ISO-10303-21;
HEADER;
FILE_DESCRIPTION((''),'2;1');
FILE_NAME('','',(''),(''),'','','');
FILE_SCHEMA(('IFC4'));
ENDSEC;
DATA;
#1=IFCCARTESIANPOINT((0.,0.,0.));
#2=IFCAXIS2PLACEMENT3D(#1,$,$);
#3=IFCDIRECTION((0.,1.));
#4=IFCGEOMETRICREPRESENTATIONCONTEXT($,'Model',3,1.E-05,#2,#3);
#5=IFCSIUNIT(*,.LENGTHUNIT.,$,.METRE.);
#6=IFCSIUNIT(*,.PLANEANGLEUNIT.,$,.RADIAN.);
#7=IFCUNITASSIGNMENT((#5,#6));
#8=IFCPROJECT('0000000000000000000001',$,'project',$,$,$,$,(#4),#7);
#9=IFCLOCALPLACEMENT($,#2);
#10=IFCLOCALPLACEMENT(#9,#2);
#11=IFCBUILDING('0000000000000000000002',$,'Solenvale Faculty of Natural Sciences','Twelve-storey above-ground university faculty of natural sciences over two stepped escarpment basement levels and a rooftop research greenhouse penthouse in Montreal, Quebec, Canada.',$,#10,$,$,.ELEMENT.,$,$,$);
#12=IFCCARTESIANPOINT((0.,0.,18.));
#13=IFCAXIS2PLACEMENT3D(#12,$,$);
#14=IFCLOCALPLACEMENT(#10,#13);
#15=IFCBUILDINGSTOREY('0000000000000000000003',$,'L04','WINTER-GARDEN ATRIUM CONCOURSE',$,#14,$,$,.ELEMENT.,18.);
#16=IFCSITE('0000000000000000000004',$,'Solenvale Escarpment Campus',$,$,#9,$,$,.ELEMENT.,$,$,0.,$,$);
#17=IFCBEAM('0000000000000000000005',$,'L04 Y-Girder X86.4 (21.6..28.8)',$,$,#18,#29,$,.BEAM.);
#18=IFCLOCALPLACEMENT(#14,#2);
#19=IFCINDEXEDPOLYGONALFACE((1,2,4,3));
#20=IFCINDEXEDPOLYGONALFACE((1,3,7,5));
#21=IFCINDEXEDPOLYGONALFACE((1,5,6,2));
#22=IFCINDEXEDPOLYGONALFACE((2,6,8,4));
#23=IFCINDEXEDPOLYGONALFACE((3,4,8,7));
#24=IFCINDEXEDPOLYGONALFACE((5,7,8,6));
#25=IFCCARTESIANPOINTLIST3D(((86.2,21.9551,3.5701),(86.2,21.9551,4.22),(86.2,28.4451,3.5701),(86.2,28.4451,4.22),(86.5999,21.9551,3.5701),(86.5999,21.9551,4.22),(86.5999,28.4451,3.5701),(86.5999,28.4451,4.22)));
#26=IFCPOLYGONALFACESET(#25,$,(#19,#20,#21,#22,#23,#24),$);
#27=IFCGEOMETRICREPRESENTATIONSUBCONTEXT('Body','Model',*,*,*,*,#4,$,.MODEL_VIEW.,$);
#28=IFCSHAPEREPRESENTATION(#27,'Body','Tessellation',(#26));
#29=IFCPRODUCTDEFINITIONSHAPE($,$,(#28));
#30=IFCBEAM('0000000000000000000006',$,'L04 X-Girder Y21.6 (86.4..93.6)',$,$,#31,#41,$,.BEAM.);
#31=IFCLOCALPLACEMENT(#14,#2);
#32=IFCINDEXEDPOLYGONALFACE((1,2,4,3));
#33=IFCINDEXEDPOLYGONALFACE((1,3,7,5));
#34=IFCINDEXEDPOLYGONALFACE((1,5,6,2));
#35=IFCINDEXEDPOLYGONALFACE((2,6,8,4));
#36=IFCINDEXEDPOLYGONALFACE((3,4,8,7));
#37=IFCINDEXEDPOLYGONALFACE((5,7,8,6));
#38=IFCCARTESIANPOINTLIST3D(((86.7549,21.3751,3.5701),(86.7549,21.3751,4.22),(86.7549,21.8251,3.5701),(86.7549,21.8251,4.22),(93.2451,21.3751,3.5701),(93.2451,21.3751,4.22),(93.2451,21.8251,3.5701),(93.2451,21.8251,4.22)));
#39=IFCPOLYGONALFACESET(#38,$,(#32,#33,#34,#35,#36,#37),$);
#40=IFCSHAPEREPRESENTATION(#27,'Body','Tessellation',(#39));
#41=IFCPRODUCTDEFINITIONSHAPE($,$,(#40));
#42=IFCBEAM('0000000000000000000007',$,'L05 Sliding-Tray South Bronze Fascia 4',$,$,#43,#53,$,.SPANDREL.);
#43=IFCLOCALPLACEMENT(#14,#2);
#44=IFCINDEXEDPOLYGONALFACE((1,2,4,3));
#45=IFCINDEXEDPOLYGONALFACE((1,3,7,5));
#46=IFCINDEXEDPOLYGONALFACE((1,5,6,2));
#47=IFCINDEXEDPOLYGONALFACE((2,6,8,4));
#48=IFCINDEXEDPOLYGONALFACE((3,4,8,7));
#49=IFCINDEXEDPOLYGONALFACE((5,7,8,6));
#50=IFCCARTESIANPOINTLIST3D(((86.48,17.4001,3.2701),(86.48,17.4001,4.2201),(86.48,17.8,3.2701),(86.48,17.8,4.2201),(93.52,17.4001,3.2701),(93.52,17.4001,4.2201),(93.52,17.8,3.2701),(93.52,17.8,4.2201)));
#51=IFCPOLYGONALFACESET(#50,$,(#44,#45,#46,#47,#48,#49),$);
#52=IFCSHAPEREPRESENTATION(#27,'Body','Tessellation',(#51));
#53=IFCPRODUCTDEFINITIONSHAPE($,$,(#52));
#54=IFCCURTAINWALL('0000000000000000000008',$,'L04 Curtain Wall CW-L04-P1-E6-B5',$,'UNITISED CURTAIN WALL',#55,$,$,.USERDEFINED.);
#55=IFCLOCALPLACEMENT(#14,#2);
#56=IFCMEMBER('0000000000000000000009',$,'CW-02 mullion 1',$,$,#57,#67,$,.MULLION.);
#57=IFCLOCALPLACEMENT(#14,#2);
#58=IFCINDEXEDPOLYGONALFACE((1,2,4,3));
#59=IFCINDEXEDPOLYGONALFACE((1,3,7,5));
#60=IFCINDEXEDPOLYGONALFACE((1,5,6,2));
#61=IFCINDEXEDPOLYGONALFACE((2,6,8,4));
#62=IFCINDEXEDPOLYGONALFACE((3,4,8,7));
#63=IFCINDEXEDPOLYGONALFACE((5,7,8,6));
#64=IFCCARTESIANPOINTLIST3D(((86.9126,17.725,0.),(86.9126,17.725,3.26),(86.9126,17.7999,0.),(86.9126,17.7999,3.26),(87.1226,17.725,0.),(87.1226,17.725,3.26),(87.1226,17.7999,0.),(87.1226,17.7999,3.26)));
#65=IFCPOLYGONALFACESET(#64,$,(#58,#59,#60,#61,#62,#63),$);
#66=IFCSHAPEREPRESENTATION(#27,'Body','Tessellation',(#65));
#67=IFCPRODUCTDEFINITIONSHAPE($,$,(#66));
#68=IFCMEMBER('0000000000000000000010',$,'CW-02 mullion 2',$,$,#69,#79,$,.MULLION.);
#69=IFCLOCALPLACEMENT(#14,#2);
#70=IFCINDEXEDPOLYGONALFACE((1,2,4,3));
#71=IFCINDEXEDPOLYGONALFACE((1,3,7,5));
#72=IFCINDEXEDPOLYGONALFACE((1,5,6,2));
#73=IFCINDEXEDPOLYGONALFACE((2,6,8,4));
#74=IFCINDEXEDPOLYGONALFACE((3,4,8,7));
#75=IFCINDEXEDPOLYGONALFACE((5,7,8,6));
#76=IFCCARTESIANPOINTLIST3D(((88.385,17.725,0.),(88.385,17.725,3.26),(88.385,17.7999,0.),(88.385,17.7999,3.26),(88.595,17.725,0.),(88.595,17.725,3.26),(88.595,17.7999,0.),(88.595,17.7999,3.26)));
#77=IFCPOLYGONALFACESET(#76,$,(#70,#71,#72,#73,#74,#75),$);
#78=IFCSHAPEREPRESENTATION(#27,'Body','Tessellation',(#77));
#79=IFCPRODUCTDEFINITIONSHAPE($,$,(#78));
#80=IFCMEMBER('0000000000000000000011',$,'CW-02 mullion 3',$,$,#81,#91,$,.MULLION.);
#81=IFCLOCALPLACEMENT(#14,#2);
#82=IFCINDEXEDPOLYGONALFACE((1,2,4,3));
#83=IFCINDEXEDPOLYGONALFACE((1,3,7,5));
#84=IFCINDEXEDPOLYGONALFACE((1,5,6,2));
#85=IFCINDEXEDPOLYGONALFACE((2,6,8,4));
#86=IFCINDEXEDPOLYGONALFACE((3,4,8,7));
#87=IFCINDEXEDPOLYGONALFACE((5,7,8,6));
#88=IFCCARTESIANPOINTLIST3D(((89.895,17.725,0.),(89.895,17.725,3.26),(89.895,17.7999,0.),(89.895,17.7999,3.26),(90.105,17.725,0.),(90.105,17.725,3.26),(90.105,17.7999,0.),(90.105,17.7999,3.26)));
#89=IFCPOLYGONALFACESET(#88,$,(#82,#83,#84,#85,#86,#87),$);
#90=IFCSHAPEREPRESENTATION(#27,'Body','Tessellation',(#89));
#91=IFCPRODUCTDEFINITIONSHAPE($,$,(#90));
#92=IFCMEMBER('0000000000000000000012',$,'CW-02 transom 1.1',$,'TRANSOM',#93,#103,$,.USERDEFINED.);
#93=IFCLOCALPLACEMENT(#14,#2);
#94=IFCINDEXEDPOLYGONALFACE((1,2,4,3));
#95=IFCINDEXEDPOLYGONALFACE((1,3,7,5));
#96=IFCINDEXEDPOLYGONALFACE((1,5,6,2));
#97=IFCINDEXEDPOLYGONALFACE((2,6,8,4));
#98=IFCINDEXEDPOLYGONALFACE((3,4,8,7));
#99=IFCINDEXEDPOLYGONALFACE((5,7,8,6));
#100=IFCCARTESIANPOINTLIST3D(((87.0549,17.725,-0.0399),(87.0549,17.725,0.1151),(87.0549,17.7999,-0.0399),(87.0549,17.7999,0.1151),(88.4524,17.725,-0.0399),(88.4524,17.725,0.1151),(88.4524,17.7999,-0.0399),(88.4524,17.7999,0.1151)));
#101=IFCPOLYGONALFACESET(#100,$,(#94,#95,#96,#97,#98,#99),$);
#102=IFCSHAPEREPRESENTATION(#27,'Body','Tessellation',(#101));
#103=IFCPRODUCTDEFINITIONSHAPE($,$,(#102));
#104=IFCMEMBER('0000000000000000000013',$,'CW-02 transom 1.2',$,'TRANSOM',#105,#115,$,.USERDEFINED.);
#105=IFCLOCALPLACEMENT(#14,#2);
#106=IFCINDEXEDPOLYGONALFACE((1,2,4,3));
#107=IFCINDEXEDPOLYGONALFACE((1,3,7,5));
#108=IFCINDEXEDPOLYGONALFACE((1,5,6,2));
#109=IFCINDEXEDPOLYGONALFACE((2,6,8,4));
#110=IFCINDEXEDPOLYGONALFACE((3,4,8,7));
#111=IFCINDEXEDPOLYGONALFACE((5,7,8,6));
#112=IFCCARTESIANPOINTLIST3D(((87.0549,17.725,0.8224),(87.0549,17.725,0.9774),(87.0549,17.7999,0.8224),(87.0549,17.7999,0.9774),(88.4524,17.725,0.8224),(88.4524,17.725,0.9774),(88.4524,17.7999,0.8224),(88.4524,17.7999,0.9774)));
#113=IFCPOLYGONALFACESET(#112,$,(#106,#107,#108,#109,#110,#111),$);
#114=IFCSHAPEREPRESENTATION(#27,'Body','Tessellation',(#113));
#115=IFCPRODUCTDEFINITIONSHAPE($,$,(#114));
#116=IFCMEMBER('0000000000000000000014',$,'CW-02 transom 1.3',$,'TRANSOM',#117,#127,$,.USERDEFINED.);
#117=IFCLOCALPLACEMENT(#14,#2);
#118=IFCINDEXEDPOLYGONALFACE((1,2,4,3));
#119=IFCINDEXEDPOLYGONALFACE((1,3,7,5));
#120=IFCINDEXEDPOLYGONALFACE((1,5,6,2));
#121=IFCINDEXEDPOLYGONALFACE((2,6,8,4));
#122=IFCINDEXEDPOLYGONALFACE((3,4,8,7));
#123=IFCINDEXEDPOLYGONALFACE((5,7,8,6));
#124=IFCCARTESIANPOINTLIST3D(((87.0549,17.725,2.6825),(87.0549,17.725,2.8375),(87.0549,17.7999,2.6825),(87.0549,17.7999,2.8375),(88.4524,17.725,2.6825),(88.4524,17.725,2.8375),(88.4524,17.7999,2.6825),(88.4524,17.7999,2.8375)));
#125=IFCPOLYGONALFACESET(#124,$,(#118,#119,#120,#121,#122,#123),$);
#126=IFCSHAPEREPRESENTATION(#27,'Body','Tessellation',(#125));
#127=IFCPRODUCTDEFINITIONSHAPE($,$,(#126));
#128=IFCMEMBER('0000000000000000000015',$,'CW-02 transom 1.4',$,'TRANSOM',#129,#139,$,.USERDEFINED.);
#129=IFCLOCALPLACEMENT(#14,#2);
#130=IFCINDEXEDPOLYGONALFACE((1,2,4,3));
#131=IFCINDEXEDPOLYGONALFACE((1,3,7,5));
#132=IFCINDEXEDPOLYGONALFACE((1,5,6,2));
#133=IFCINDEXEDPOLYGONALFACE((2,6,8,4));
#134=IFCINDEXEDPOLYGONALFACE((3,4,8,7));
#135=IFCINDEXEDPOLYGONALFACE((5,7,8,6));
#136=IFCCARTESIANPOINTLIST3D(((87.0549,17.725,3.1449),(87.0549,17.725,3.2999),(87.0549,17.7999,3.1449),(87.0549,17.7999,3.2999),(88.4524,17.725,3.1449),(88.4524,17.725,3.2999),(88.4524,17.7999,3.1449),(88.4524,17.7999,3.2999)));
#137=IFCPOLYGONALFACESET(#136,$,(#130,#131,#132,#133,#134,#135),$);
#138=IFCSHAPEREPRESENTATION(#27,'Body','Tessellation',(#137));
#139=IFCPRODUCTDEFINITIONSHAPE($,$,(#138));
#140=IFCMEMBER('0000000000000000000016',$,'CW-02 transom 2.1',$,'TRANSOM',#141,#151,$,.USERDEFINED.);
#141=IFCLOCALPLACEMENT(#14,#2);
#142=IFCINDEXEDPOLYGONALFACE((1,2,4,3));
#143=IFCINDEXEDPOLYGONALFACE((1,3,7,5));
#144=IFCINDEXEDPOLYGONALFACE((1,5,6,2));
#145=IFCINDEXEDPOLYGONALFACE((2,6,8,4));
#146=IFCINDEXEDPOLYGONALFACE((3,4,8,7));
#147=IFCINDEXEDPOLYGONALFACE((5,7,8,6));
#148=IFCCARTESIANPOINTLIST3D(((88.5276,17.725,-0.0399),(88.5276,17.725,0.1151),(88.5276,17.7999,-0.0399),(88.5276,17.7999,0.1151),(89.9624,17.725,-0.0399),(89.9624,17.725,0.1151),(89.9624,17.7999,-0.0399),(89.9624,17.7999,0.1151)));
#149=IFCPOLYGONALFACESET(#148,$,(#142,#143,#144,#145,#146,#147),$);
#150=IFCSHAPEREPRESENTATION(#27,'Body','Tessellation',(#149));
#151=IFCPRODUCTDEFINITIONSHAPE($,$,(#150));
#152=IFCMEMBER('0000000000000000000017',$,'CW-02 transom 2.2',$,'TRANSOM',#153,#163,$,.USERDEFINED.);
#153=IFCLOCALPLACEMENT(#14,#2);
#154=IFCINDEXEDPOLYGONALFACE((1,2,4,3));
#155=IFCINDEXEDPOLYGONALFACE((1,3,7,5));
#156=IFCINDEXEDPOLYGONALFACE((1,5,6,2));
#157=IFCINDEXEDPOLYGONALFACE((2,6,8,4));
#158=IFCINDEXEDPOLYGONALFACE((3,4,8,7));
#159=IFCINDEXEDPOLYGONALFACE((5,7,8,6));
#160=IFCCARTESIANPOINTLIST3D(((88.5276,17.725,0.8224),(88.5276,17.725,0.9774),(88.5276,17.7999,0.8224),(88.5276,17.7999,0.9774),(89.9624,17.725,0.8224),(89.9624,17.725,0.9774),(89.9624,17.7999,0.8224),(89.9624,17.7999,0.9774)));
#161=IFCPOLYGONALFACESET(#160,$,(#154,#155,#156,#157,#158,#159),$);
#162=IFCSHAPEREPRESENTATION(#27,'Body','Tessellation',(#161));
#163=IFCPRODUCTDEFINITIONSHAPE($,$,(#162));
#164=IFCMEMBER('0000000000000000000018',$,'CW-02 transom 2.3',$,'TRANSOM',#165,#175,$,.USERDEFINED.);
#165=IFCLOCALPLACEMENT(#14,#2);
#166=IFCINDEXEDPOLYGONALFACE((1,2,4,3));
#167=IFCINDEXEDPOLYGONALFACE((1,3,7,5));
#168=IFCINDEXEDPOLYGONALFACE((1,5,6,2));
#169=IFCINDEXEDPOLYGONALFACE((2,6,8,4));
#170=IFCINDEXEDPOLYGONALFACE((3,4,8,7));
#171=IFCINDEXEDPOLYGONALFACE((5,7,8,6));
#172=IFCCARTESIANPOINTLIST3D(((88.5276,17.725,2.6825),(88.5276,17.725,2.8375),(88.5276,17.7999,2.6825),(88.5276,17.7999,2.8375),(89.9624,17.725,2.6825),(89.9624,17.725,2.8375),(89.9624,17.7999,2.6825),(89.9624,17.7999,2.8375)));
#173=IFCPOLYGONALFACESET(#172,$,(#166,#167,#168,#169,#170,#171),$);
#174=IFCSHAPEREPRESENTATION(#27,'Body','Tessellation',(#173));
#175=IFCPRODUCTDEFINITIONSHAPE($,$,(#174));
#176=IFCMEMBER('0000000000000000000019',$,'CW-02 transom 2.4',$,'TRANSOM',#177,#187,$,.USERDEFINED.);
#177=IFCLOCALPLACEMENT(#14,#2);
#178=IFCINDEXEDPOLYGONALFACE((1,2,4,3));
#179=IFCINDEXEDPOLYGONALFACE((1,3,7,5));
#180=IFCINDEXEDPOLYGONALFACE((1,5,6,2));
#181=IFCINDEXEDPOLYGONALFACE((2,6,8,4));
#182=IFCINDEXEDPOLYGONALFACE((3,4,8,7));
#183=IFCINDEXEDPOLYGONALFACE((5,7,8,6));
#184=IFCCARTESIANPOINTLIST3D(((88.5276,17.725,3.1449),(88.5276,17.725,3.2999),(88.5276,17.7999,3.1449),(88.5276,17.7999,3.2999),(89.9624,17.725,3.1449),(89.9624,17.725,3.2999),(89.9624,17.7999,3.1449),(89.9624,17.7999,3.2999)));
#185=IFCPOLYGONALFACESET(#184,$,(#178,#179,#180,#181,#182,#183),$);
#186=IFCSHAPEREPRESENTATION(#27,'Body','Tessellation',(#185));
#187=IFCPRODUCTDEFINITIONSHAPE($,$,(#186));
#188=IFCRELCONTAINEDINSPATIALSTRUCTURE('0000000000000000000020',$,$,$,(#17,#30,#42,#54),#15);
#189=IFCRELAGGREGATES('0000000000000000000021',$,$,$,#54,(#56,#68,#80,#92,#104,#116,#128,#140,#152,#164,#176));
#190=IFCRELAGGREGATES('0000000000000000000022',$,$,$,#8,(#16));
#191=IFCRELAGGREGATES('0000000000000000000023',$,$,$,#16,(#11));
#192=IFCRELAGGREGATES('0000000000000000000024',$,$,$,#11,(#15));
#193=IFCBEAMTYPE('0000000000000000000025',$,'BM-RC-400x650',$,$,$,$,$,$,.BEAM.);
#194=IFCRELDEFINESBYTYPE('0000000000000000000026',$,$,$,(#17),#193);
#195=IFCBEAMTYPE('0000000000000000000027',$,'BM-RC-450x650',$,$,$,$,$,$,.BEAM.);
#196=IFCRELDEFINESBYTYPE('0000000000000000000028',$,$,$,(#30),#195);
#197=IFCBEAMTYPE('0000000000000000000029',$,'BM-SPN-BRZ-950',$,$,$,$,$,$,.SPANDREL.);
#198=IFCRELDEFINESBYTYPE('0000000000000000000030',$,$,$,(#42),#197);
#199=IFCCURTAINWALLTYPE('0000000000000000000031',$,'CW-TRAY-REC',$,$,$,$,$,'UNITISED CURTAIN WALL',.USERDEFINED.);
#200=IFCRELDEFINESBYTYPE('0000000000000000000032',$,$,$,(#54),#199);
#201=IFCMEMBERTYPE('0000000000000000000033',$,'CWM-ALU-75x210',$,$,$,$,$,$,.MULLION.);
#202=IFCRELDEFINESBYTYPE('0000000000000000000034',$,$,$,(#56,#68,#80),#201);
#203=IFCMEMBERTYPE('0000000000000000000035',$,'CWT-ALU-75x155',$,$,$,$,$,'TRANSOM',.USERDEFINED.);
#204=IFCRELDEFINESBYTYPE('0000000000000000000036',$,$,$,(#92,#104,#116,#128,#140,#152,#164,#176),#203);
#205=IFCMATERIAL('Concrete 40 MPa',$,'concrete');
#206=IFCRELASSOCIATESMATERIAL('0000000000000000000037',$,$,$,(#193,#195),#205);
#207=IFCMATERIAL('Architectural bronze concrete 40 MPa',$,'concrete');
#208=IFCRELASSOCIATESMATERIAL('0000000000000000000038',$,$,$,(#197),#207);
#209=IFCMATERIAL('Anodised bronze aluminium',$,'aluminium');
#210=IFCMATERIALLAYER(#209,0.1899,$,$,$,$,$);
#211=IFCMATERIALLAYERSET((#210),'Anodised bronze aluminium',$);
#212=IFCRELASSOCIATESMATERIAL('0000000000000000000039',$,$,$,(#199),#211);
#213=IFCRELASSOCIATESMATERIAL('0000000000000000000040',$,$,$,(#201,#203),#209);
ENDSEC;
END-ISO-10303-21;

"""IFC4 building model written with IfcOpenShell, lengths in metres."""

from ifc_helpers import new_model, si_unit, direction, frame, origin, origin_2d, place, context, subcontext, project, spatial, rectangle, extrude, material, layer, layer_set, material_profile, profile_set, type_object, element, aggregate, save


model = new_model("IFC4")

# Units and contexts
model_context = context("Model", 3, precision=1e-05, world=origin(), true_north=direction((0.0, 1.0)))
body_context = subcontext(model_context, "Body", "Model", "MODEL_VIEW")
ifc_project = project(units=[si_unit("LENGTHUNIT", "METRE"), si_unit("PLANEANGLEUNIT", "RADIAN")], contexts=[model_context])

# Site, building, storey
site_placement = place(None, origin())
site = spatial("IfcSite", under=ifc_project, at=site_placement, Name="Solenvale Escarpment Campus", CompositionType="ELEMENT", RefElevation=0.0)
building_placement = place(site_placement, origin())
building = spatial("IfcBuilding", under=site, at=building_placement, Name="Solenvale Faculty of Natural Sciences", Description="Twelve-storey above-ground university faculty of natural sciences over two stepped escarpment basement levels and a rooftop research greenhouse penthouse in Montreal, Quebec, Canada.", CompositionType="ELEMENT")
storey_placement = place(building_placement, frame((0.0, 0.0, 18.0)))
storey = spatial("IfcBuildingStorey", under=building, at=storey_placement, Name="L04", Description="WINTER-GARDEN ATRIUM CONCOURSE", CompositionType="ELEMENT", Elevation=18.0)

# Beams
ifc_material_1 = material(Name="Concrete 40 MPa", Category="concrete")
ifc_material_profile_1 = material_profile(ifc_material_1, rectangle(XDim=0.3999, YDim=0.6499, at=origin_2d()), Name="RC-BM-400x650")
ifc_profile_set_1 = profile_set([ifc_material_profile_1], Name="Concrete 40 MPa")
beam_type_1 = type_object("IfcBeamType", Name="BM-RC-400x650", PredefinedType="BEAM", material=ifc_profile_set_1)
beam_1_placement = place(storey_placement, frame((86.3999, 21.9551, 3.895), z_axis=(0.0, 1.0, 0.0), x_axis=(-1.0, 0.0, 0.0)))
element("IfcBeam", 1, at=beam_1_placement, inside=storey, type_object=beam_type_1, Name="L04 Y-Girder X86.4 (21.6..28.8)", PredefinedType="BEAM", context=body_context, shape_type="SweptSolid", body=[
    extrude(rectangle(XDim=0.3999, YDim=0.6499, at=origin_2d()), origin(), (0.0, 0.0, 1.0), 6.49),
])
ifc_material_profile_2 = material_profile(ifc_material_1, rectangle(XDim=0.45, YDim=0.6499, at=origin_2d()), Name="RC-BM-450x650")
ifc_profile_set_2 = profile_set([ifc_material_profile_2], Name="Concrete 40 MPa")
beam_type_2 = type_object("IfcBeamType", Name="BM-RC-450x650", PredefinedType="BEAM", material=ifc_profile_set_2)
beam_2_placement = place(storey_placement, frame((86.7549, 21.6001, 3.895), z_axis=(1.0, 0.0, 0.0), x_axis=(0.0, 1.0, 0.0)))
element("IfcBeam", 2, at=beam_2_placement, inside=storey, type_object=beam_type_2, Name="L04 X-Girder Y21.6 (86.4..93.6)", PredefinedType="BEAM", context=body_context, shape_type="SweptSolid", body=[
    extrude(rectangle(XDim=0.45, YDim=0.6499, at=origin_2d()), origin(), (0.0, 0.0, 1.0), 6.4902),
])
ifc_material_2 = material(Name="Architectural bronze concrete 40 MPa", Category="concrete")
ifc_material_profile_3 = material_profile(ifc_material_2, rectangle(XDim=0.3999, YDim=0.95, at=origin_2d()), Name="RC-SPN-400x950")
ifc_profile_set_3 = profile_set([ifc_material_profile_3], Name="Architectural bronze concrete 40 MPa")
beam_type_3 = type_object("IfcBeamType", Name="BM-SPN-BRZ-950", PredefinedType="SPANDREL", material=ifc_profile_set_3)
beam_3_placement = place(storey_placement, frame((86.48, 17.6001, 3.7451), z_axis=(1.0, 0.0, 0.0), x_axis=(0.0, 1.0, 0.0)))
element("IfcBeam", 3, at=beam_3_placement, inside=storey, type_object=beam_type_3, Name="L05 Sliding-Tray South Bronze Fascia 4", PredefinedType="SPANDREL", context=body_context, shape_type="SweptSolid", body=[
    extrude(rectangle(XDim=0.3999, YDim=0.95, at=origin_2d()), origin(), (0.0, 0.0, 1.0), 7.04),
])

# Curtain wall, members
ifc_material_3 = material(Name="Anodised bronze aluminium", Category="aluminium")
ifc_layer_1 = layer(ifc_material_3, 0.1899)
ifc_layer_set_1 = layer_set([ifc_layer_1], Name="Anodised bronze aluminium")
curtain_wall_type = type_object("IfcCurtainWallType", Name="CW-TRAY-REC", ElementType="UNITISED CURTAIN WALL", PredefinedType="USERDEFINED", material=ifc_layer_set_1)
curtain_wall_placement = place(storey_placement, origin())
curtain_wall = element("IfcCurtainWall", 4, at=curtain_wall_placement, inside=storey, type_object=curtain_wall_type, Name="L04 Curtain Wall CW-L04-P1-E6-B5", ObjectType="UNITISED CURTAIN WALL", PredefinedType="USERDEFINED")
ifc_material_profile_4 = material_profile(ifc_material_3, rectangle(XDim=0.075, YDim=0.21, at=origin_2d()), Name="ALU-MUL-75x210")
ifc_profile_set_4 = profile_set([ifc_material_profile_4], Name="Anodised bronze aluminium")
member_type_1 = type_object("IfcMemberType", Name="CWM-ALU-75x210", PredefinedType="MULLION", material=ifc_profile_set_4)
member_1_placement = place(storey_placement, frame((87.0176, 17.7625, 0.0), z_axis=(0.0, 0.0, 1.0), x_axis=(0.0, 1.0, 0.0)))
member_1 = element("IfcMember", 5, at=member_1_placement, type_object=member_type_1, Name="CW-02 mullion 1", PredefinedType="MULLION", context=body_context, shape_type="SweptSolid", body=[
    extrude(rectangle(XDim=0.075, YDim=0.21, at=origin_2d()), origin(), (0.0, 0.0, 1.0), 3.26),
])
member_2_placement = place(storey_placement, frame((88.49, 17.7625, 0.0), z_axis=(0.0, 0.0, 1.0), x_axis=(0.0, 1.0, 0.0)))
member_2 = element("IfcMember", 6, at=member_2_placement, type_object=member_type_1, Name="CW-02 mullion 2", PredefinedType="MULLION", context=body_context, shape_type="SweptSolid", body=[
    extrude(rectangle(XDim=0.075, YDim=0.21, at=origin_2d()), origin(), (0.0, 0.0, 1.0), 3.26),
])
member_3_placement = place(storey_placement, frame((90.0, 17.7625, 0.0), z_axis=(0.0, 0.0, 1.0), x_axis=(0.0, 1.0, 0.0)))
member_3 = element("IfcMember", 7, at=member_3_placement, type_object=member_type_1, Name="CW-02 mullion 3", PredefinedType="MULLION", context=body_context, shape_type="SweptSolid", body=[
    extrude(rectangle(XDim=0.075, YDim=0.21, at=origin_2d()), origin(), (0.0, 0.0, 1.0), 3.26),
])
ifc_material_profile_5 = material_profile(ifc_material_3, rectangle(XDim=0.075, YDim=0.155, at=origin_2d()), Name="ALU-TRN-75x155")
ifc_profile_set_5 = profile_set([ifc_material_profile_5], Name="Anodised bronze aluminium")
member_type_2 = type_object("IfcMemberType", Name="CWT-ALU-75x155", ElementType="TRANSOM", PredefinedType="USERDEFINED", material=ifc_profile_set_5)
member_4_placement = place(storey_placement, frame((87.0549, 17.7625, 0.0376), z_axis=(1.0, 0.0, 0.0), x_axis=(0.0, 1.0, 0.0)))
member_4 = element("IfcMember", 8, at=member_4_placement, type_object=member_type_2, Name="CW-02 transom 1.1", ObjectType="TRANSOM", PredefinedType="USERDEFINED", context=body_context, shape_type="SweptSolid", body=[
    extrude(rectangle(XDim=0.075, YDim=0.155, at=origin_2d()), origin(), (0.0, 0.0, 1.0), 1.3975),
])
member_5_placement = place(storey_placement, frame((87.0549, 17.7625, 0.8999), z_axis=(1.0, 0.0, 0.0), x_axis=(0.0, 1.0, 0.0)))
member_5 = element("IfcMember", 9, at=member_5_placement, type_object=member_type_2, Name="CW-02 transom 1.2", ObjectType="TRANSOM", PredefinedType="USERDEFINED", context=body_context, shape_type="SweptSolid", body=[
    extrude(rectangle(XDim=0.075, YDim=0.155, at=origin_2d()), origin(), (0.0, 0.0, 1.0), 1.3975),
])
member_6_placement = place(storey_placement, frame((87.0549, 17.7625, 2.76), z_axis=(1.0, 0.0, 0.0), x_axis=(0.0, 1.0, 0.0)))
member_6 = element("IfcMember", 10, at=member_6_placement, type_object=member_type_2, Name="CW-02 transom 1.3", ObjectType="TRANSOM", PredefinedType="USERDEFINED", context=body_context, shape_type="SweptSolid", body=[
    extrude(rectangle(XDim=0.075, YDim=0.155, at=origin_2d()), origin(), (0.0, 0.0, 1.0), 1.3975),
])
member_7_placement = place(storey_placement, frame((87.0549, 17.7625, 3.2224), z_axis=(1.0, 0.0, 0.0), x_axis=(0.0, 1.0, 0.0)))
member_7 = element("IfcMember", 11, at=member_7_placement, type_object=member_type_2, Name="CW-02 transom 1.4", ObjectType="TRANSOM", PredefinedType="USERDEFINED", context=body_context, shape_type="SweptSolid", body=[
    extrude(rectangle(XDim=0.075, YDim=0.155, at=origin_2d()), origin(), (0.0, 0.0, 1.0), 1.3975),
])
member_8_placement = place(storey_placement, frame((88.5276, 17.7625, 0.0376), z_axis=(1.0, 0.0, 0.0), x_axis=(0.0, 1.0, 0.0)))
member_8 = element("IfcMember", 12, at=member_8_placement, type_object=member_type_2, Name="CW-02 transom 2.1", ObjectType="TRANSOM", PredefinedType="USERDEFINED", context=body_context, shape_type="SweptSolid", body=[
    extrude(rectangle(XDim=0.075, YDim=0.155, at=origin_2d()), origin(), (0.0, 0.0, 1.0), 1.4348),
])
member_9_placement = place(storey_placement, frame((88.5276, 17.7625, 0.8999), z_axis=(1.0, 0.0, 0.0), x_axis=(0.0, 1.0, 0.0)))
member_9 = element("IfcMember", 13, at=member_9_placement, type_object=member_type_2, Name="CW-02 transom 2.2", ObjectType="TRANSOM", PredefinedType="USERDEFINED", context=body_context, shape_type="SweptSolid", body=[
    extrude(rectangle(XDim=0.075, YDim=0.155, at=origin_2d()), origin(), (0.0, 0.0, 1.0), 1.4348),
])
member_10_placement = place(storey_placement, frame((88.5276, 17.7625, 2.76), z_axis=(1.0, 0.0, 0.0), x_axis=(0.0, 1.0, 0.0)))
member_10 = element("IfcMember", 14, at=member_10_placement, type_object=member_type_2, Name="CW-02 transom 2.3", ObjectType="TRANSOM", PredefinedType="USERDEFINED", context=body_context, shape_type="SweptSolid", body=[
    extrude(rectangle(XDim=0.075, YDim=0.155, at=origin_2d()), origin(), (0.0, 0.0, 1.0), 1.4348),
])
member_11_placement = place(storey_placement, frame((88.5276, 17.7625, 3.2224), z_axis=(1.0, 0.0, 0.0), x_axis=(0.0, 1.0, 0.0)))
member_11 = element("IfcMember", 15, at=member_11_placement, type_object=member_type_2, Name="CW-02 transom 2.4", ObjectType="TRANSOM", PredefinedType="USERDEFINED", context=body_context, shape_type="SweptSolid", body=[
    extrude(rectangle(XDim=0.075, YDim=0.155, at=origin_2d()), origin(), (0.0, 0.0, 1.0), 1.4348),
])
aggregate(curtain_wall, [member_1, member_2, member_3, member_4, member_5, member_6, member_7, member_8, member_9, member_10, member_11])

save(model, "model.ifc")
